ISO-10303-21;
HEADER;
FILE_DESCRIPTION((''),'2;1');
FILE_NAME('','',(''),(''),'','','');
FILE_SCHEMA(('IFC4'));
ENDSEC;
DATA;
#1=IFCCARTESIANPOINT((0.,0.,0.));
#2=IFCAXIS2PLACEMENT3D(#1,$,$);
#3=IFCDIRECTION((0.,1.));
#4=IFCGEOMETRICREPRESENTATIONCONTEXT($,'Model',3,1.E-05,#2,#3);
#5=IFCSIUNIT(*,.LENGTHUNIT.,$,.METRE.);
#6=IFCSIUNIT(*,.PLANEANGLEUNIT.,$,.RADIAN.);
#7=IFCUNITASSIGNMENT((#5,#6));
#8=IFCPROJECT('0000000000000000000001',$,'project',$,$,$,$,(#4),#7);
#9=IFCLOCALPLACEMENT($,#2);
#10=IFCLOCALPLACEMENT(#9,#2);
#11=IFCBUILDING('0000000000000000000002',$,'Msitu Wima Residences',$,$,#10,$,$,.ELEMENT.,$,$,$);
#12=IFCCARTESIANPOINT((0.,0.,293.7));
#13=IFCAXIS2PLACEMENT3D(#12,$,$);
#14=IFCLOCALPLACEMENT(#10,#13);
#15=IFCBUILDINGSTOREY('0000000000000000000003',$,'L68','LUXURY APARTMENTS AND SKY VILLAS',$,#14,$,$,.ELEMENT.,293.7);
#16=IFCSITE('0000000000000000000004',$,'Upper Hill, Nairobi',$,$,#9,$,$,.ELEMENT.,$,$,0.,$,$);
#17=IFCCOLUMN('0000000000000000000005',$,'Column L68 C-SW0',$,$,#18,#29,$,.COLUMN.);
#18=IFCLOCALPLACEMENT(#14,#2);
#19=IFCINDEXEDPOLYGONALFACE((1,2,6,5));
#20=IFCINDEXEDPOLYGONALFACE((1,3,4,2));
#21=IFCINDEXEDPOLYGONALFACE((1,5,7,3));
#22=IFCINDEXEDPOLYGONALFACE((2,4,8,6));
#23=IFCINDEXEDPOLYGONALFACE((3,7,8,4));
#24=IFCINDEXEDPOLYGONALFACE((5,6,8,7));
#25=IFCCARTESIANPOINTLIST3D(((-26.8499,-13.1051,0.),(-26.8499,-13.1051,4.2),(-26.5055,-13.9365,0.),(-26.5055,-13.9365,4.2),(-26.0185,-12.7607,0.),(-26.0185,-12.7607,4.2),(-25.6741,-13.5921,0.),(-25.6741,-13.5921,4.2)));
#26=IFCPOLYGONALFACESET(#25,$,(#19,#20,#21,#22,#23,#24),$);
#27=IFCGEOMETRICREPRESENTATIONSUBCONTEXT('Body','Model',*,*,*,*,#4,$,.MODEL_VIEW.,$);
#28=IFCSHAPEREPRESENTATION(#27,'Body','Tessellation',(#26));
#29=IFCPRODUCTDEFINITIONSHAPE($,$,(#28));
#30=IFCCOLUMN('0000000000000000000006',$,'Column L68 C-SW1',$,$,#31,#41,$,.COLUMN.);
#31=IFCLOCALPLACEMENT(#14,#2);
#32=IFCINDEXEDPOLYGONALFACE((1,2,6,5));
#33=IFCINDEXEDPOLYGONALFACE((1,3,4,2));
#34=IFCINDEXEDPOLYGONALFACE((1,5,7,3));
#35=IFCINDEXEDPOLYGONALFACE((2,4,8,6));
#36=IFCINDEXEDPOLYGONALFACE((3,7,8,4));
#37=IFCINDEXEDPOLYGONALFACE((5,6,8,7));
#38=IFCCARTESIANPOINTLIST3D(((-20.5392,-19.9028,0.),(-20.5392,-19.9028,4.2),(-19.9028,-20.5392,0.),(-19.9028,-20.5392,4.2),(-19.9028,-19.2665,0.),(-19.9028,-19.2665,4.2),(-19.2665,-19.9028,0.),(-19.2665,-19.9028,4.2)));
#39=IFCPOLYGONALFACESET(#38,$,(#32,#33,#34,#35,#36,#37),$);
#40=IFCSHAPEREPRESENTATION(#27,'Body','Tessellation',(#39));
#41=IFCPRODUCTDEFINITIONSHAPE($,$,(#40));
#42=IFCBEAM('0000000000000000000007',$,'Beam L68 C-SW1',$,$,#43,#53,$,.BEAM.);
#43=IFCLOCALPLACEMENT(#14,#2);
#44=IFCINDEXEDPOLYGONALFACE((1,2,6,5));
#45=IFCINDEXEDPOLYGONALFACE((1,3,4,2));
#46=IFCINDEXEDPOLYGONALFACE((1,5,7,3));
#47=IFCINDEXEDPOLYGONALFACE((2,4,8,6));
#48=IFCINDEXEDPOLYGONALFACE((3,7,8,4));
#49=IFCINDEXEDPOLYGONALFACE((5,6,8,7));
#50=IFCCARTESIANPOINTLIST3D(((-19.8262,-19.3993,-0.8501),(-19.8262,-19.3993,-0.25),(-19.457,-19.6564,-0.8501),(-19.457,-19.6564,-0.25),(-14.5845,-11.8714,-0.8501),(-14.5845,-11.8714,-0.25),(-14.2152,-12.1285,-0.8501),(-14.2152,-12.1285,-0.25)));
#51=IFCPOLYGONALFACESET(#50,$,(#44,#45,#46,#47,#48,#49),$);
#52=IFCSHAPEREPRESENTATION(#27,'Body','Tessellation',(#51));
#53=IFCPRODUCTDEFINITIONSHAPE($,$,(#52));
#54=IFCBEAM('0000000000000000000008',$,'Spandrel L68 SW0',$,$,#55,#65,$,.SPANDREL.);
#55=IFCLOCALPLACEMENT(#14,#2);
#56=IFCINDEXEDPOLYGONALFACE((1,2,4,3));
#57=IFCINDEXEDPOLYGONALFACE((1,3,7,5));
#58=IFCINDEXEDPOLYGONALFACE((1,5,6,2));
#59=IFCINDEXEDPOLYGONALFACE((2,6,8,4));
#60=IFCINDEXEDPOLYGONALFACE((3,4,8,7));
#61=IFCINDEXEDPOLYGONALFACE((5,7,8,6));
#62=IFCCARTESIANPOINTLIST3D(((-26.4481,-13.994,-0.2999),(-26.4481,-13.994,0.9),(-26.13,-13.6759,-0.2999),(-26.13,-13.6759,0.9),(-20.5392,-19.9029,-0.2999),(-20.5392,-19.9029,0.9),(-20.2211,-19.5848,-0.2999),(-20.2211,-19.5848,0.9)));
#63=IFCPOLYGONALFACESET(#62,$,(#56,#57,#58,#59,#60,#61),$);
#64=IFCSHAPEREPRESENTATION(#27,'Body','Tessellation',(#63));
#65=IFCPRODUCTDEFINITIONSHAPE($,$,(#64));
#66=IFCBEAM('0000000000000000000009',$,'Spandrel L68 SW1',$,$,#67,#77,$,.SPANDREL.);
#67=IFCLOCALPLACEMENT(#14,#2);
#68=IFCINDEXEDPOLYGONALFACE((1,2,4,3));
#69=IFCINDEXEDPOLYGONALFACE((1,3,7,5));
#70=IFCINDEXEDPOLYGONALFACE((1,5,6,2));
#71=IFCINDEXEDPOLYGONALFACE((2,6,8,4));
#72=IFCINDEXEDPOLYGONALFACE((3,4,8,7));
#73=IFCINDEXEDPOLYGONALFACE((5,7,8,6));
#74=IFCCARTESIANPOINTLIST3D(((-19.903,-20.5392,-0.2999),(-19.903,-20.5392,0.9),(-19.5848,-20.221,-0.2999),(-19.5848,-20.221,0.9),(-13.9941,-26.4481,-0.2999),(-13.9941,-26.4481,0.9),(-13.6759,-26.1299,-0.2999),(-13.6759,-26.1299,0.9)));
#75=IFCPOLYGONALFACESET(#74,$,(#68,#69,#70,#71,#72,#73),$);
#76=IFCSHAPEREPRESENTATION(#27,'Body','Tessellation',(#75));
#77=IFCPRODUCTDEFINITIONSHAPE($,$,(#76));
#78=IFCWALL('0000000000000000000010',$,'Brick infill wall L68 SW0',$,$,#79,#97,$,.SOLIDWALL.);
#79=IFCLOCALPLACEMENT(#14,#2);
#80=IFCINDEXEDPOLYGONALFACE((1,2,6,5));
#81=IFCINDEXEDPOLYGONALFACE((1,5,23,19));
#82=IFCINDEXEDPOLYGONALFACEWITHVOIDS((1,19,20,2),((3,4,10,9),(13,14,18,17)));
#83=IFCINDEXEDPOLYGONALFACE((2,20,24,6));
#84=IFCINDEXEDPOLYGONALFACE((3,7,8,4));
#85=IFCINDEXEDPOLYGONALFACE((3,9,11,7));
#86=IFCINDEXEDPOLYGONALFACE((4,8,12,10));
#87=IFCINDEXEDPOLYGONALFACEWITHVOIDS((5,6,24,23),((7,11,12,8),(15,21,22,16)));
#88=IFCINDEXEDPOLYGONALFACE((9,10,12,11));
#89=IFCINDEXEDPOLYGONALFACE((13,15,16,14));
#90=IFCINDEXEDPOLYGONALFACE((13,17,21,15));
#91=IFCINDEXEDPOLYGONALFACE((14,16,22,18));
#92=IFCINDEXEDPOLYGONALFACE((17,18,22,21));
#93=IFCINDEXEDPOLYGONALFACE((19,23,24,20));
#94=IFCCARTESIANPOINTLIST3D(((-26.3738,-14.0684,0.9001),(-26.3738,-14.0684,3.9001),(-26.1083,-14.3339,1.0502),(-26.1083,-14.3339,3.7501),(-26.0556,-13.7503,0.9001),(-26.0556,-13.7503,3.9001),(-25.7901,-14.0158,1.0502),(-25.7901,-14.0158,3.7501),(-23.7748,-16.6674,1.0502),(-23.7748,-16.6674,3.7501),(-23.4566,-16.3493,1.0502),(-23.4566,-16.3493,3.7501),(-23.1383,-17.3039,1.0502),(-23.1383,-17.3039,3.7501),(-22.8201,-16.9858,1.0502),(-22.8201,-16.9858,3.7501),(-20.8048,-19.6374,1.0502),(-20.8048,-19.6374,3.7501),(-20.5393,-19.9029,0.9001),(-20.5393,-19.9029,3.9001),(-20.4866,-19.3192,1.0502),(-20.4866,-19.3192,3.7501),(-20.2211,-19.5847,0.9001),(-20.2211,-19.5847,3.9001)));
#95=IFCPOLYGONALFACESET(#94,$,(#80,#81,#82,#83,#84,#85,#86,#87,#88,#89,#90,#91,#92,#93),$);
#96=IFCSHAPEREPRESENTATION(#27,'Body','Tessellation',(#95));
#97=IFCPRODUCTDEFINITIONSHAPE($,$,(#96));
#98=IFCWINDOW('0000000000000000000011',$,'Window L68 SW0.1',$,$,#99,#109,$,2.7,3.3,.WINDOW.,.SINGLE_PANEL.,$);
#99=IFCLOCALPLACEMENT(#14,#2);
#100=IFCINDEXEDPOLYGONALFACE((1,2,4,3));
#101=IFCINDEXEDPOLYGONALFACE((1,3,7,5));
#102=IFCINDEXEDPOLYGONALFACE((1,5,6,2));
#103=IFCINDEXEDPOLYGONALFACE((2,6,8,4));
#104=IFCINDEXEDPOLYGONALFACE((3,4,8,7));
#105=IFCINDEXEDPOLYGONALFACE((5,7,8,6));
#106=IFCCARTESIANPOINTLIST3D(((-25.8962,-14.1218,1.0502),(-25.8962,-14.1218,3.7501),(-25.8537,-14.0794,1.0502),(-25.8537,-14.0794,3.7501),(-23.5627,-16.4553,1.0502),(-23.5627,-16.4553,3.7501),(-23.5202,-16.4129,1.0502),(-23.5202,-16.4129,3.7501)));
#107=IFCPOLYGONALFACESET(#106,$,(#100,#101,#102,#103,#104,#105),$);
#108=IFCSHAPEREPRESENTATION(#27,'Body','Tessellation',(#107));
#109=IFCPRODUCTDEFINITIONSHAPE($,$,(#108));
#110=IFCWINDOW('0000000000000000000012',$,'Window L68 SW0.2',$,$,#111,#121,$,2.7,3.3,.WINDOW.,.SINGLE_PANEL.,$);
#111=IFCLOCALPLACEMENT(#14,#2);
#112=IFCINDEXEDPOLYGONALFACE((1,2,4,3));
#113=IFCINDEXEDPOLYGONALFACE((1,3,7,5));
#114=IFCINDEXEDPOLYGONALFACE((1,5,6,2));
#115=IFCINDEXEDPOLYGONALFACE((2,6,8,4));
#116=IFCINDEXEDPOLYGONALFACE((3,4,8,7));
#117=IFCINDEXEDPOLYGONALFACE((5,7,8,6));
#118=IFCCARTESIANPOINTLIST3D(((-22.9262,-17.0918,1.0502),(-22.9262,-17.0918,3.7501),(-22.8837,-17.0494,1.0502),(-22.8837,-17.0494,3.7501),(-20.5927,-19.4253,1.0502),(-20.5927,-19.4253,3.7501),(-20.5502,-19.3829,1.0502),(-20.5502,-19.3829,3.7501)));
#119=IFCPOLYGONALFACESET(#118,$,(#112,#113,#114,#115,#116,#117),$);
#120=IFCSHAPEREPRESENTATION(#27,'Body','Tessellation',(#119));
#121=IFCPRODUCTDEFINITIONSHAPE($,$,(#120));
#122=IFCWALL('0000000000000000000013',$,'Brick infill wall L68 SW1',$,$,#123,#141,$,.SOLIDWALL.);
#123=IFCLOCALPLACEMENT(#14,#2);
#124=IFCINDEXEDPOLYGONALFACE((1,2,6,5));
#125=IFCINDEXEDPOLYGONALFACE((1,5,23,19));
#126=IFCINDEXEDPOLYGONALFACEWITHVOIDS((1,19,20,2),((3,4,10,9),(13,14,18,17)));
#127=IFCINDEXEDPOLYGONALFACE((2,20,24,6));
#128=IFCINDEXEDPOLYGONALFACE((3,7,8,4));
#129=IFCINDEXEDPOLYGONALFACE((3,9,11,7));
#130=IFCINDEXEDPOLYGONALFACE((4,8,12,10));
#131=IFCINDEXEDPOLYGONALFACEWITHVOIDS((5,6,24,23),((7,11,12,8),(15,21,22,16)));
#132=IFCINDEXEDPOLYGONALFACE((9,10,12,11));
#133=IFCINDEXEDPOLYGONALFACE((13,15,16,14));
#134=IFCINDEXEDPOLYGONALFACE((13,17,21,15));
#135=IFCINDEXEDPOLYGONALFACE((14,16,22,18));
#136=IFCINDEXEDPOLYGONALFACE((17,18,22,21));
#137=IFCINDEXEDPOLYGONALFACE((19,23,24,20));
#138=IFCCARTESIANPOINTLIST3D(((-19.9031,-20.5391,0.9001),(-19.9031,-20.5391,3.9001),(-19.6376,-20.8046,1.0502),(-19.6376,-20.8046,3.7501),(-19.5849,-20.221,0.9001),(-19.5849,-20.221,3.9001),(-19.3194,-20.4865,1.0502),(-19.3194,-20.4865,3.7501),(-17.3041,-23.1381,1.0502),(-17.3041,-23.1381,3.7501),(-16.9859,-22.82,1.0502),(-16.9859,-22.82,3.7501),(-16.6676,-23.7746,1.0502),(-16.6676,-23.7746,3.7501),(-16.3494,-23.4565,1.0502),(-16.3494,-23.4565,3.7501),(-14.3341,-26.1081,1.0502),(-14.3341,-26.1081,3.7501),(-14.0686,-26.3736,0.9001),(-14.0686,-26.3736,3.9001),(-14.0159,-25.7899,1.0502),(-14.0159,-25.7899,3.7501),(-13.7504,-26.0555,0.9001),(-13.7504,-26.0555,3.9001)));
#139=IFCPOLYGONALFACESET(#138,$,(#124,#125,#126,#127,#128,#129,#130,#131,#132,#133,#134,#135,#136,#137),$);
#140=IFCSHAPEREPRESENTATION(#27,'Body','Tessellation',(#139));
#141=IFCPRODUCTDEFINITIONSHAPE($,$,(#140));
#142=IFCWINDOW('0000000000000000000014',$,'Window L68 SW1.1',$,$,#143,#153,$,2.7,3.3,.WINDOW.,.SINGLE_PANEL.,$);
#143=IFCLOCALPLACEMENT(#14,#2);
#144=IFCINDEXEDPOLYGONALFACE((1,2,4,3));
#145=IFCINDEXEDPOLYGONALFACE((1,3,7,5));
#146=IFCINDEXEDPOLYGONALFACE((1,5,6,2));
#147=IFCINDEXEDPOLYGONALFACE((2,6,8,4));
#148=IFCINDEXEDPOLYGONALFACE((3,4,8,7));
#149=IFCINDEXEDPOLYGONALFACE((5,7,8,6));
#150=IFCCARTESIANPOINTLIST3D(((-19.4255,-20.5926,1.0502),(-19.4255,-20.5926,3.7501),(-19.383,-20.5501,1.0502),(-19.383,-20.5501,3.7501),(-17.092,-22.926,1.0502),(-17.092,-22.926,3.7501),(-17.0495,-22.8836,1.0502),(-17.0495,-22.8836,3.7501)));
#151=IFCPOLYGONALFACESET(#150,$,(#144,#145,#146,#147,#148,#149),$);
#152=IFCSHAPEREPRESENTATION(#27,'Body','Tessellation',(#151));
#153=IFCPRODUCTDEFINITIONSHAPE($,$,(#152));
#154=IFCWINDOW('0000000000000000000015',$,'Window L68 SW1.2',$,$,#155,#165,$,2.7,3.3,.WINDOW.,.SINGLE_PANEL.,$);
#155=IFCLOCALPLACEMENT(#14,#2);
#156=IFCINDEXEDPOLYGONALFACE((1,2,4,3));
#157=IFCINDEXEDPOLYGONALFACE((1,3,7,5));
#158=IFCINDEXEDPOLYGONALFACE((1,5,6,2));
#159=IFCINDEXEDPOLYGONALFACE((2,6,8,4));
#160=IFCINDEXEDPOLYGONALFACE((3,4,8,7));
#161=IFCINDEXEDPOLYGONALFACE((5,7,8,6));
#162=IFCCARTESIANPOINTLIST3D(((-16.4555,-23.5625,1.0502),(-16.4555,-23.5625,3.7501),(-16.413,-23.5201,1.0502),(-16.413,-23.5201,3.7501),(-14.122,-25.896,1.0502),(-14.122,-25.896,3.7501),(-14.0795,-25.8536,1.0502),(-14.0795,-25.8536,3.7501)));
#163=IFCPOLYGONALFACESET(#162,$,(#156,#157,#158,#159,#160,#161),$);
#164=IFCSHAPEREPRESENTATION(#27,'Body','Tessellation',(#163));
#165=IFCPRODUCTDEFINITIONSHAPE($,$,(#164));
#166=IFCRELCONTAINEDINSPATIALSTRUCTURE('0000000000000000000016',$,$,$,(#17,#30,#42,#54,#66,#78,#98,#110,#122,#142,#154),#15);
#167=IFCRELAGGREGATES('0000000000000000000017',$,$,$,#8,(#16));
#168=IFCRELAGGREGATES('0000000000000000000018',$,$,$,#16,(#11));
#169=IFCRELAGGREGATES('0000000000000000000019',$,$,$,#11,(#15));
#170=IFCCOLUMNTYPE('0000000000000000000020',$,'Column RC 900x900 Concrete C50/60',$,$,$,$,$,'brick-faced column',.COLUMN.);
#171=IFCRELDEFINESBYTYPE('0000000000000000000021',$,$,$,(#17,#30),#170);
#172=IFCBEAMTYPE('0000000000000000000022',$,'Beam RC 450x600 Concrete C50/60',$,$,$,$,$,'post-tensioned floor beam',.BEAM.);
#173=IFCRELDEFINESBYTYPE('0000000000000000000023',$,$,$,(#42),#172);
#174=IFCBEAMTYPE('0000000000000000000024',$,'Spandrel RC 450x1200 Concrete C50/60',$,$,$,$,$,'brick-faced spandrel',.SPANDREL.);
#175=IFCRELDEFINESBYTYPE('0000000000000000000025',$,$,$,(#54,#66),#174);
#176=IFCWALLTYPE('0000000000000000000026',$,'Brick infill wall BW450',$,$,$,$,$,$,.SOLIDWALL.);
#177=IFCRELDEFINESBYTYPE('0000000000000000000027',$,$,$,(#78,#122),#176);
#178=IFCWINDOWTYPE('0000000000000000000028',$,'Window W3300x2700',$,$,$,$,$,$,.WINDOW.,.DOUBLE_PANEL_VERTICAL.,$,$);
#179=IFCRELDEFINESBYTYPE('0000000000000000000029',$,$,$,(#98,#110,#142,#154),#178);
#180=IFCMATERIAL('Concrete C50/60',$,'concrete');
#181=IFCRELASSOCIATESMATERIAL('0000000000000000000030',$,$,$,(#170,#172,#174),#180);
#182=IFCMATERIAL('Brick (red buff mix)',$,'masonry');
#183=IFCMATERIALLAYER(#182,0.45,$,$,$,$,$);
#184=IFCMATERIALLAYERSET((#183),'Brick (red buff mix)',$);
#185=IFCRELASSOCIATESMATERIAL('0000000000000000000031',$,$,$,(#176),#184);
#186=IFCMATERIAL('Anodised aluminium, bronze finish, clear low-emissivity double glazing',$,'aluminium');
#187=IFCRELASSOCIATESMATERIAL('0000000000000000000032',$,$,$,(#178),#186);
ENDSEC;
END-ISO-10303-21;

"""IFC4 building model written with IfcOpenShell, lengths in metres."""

from ifc_helpers import new_model, si_unit, direction, frame, frame_2d, origin, origin_2d, place, context, subcontext, project, spatial, rectangle, extrude, material, layer, layer_set, material_profile, profile_set, type_object, element, fill, save


model = new_model("IFC4")

# Units and contexts
model_context = context("Model", 3, precision=1e-05, world=origin(), true_north=direction((0.0, 1.0)))
body_context = subcontext(model_context, "Body", "Model", "MODEL_VIEW")
ifc_project = project(units=[si_unit("LENGTHUNIT", "METRE"), si_unit("PLANEANGLEUNIT", "RADIAN")], contexts=[model_context])

# Site, building, storey
site_placement = place(None, origin())
site = spatial("IfcSite", under=ifc_project, at=site_placement, Name="Upper Hill, Nairobi", CompositionType="ELEMENT", RefElevation=0.0)
building_placement = place(site_placement, origin())
building = spatial("IfcBuilding", under=site, at=building_placement, Name="Msitu Wima Residences", CompositionType="ELEMENT")
storey_placement = place(building_placement, frame((0.0, 0.0, 293.7)))
storey = spatial("IfcBuildingStorey", under=building, at=storey_placement, Name="L68", Description="LUXURY APARTMENTS AND SKY VILLAS", CompositionType="ELEMENT", Elevation=293.7)

# Columns
ifc_material_1 = material(Name="Concrete C50/60", Category="concrete")
ifc_material_profile_1 = material_profile(ifc_material_1, rectangle(XDim=0.8999, YDim=0.8999, at=origin_2d()), Name="RC 900x900")
ifc_profile_set_1 = profile_set([ifc_material_profile_1], Name="Concrete C50/60")
column_type = type_object("IfcColumnType", Name="Column RC 900x900 Concrete C50/60", ElementType="brick-faced column", PredefinedType="COLUMN", material=ifc_profile_set_1)
for number, where, z_axis, x_axis, name in (
    (1, (-26.262, -13.3486, 0.0), (0.0, 0.0, 1.0), (0.382683, -0.92388, 0.0), "Column L68 C-SW0"),
    (2, (-19.9028, -19.9028, 0.0), (0.0, 0.0, 1.0), (0.707107, -0.707107, 0.0), "Column L68 C-SW1"),
):
    element("IfcColumn", number, at=place(storey_placement, frame(where, z_axis=z_axis, x_axis=x_axis)), inside=storey, type_object=column_type, Name=name, PredefinedType="COLUMN", context=body_context, shape_type="SweptSolid", body=[
        extrude(rectangle(XDim=0.8999, YDim=0.8999, at=origin_2d()), origin(), (0.0, 0.0, 1.0), 4.2),
    ])

# Beams
ifc_material_profile_2 = material_profile(ifc_material_1, rectangle(XDim=0.45, YDim=0.6001, at=origin_2d()), Name="RC 450x600")
ifc_profile_set_2 = profile_set([ifc_material_profile_2], Name="Concrete C50/60")
beam_type_1 = type_object("IfcBeamType", Name="Beam RC 450x600 Concrete C50/60", ElementType="post-tensioned floor beam", PredefinedType="BEAM", material=ifc_profile_set_2)
beam_placement = place(storey_placement, frame((-19.6416, -19.5278, -0.55), z_axis=(0.571428, 0.820652, 0.0), x_axis=(-0.820652, 0.571428, 0.0)))
element("IfcBeam", 3, at=beam_placement, inside=storey, type_object=beam_type_1, Name="Beam L68 C-SW1", PredefinedType="BEAM", context=body_context, shape_type="SweptSolid", body=[
    extrude(rectangle(XDim=0.45, YDim=0.6001, at=origin_2d()), origin(), (0.0, 0.0, 1.0), 9.1731),
])
ifc_material_profile_3 = material_profile(ifc_material_1, rectangle(XDim=0.45, YDim=1.2, at=origin_2d()), Name="RC 450x1200")
ifc_profile_set_3 = profile_set([ifc_material_profile_3], Name="Concrete C50/60")
beam_type_2 = type_object("IfcBeamType", Name="Spandrel RC 450x1200 Concrete C50/60", ElementType="brick-faced spandrel", PredefinedType="SPANDREL", material=ifc_profile_set_3)
for number, where, z_axis, x_axis, name in (
    (4, (-26.2891, -13.835, 0.3), (0.707107, -0.707107, 0.0), (0.707107, 0.707107, 0.0), "Spandrel L68 SW0"),
    (5, (-19.7439, -20.3801, 0.3), (0.707107, -0.707107, 0.0), (0.707107, 0.707107, 0.0), "Spandrel L68 SW1"),
):
    element("IfcBeam", number, at=place(storey_placement, frame(where, z_axis=z_axis, x_axis=x_axis)), inside=storey, type_object=beam_type_2, Name=name, PredefinedType="SPANDREL", context=body_context, shape_type="SweptSolid", body=[
        extrude(rectangle(XDim=0.45, YDim=1.2, at=origin_2d()), origin(), (0.0, 0.0, 1.0), 8.3564),
    ])

# Walls, openings, windows
ifc_material_2 = material(Name="Brick (red buff mix)", Category="masonry")
ifc_layer_1 = layer(ifc_material_2, 0.45)
ifc_layer_set_1 = layer_set([ifc_layer_1], Name="Brick (red buff mix)")
wall_type_1 = type_object("IfcWallType", Name="Brick infill wall BW450", PredefinedType="SOLIDWALL", material=ifc_layer_set_1)
wall_1_placement = place(storey_placement, frame((-26.2146, -13.9094, 0.9001), z_axis=(0.0, 0.0, 1.0), x_axis=(0.707107, -0.707107, 0.0)))
wall_1 = element("IfcWall", 6, at=wall_1_placement, inside=storey, type_object=wall_type_1, Name="Brick infill wall L68 SW0", PredefinedType="SOLIDWALL", context=body_context, shape_type="SweptSolid", body=[
    extrude(rectangle(XDim=8.2512, YDim=0.45, at=frame_2d((4.1255, 0.0))), origin(), (0.0, 0.0, 1.0), 3.0),
])
opening_1_placement = place(wall_1_placement, frame((0.3755, 0.0, 0.1499)))
opening_1 = element("IfcOpeningElement", 7, at=opening_1_placement, cuts=wall_1, PredefinedType="OPENING", context=body_context, shape_type="SweptSolid", body=[
    extrude(rectangle(XDim=3.3, YDim=2.7, at=frame_2d((1.6499, 1.3501))), frame((0.0, 0.2349, 0.0), z_axis=(0.0, -1.0, 0.0), x_axis=(1.0, 0.0, 0.0)), (0.0, 0.0, 1.0), 0.47),
])
opening_2_placement = place(wall_1_placement, frame((4.5757, 0.0, 0.1499)))
opening_2 = element("IfcOpeningElement", 8, at=opening_2_placement, cuts=wall_1, PredefinedType="OPENING", context=body_context, shape_type="SweptSolid", body=[
    extrude(rectangle(XDim=3.3, YDim=2.7, at=frame_2d((1.6499, 1.3501))), frame((0.0, 0.2349, 0.0), z_axis=(0.0, -1.0, 0.0), x_axis=(1.0, 0.0, 0.0)), (0.0, 0.0, 1.0), 0.47),
])
ifc_material_3 = material(Name="Anodised aluminium, bronze finish, clear low-emissivity double glazing", Category="aluminium")
window_type = type_object("IfcWindowType", Name="Window W3300x2700", PartitioningType="DOUBLE_PANEL_VERTICAL", PredefinedType="WINDOW", material=ifc_material_3)
window_1_placement = place(opening_1_placement, origin())
window_1 = element("IfcWindow", 9, at=window_1_placement, inside=storey, type_object=window_type, Name="Window L68 SW0.1", OverallHeight=2.7, OverallWidth=3.3, PartitioningType="SINGLE_PANEL", PredefinedType="WINDOW", context=body_context, shape_type="SweptSolid", body=[
    extrude(rectangle(XDim=3.3, YDim=2.7, at=frame_2d((1.6499, 1.3501))), frame((0.0, 0.135, 0.0), z_axis=(0.0, -1.0, 0.0), x_axis=(1.0, 0.0, 0.0)), (0.0, 0.0, 1.0), 0.0601),
])
fill(opening_1, window_1)
window_2_placement = place(opening_2_placement, origin())
window_2 = element("IfcWindow", 10, at=window_2_placement, inside=storey, type_object=window_type, Name="Window L68 SW0.2", OverallHeight=2.7, OverallWidth=3.3, PartitioningType="SINGLE_PANEL", PredefinedType="WINDOW", context=body_context, shape_type="SweptSolid", body=[
    extrude(rectangle(XDim=3.3, YDim=2.7, at=frame_2d((1.6499, 1.3501))), frame((0.0, 0.135, 0.0), z_axis=(0.0, -1.0, 0.0), x_axis=(1.0, 0.0, 0.0)), (0.0, 0.0, 1.0), 0.0601),
])
fill(opening_2, window_2)
wall_2_placement = place(storey_placement, frame((-19.7439, -20.3801, 0.9001), z_axis=(0.0, 0.0, 1.0), x_axis=(0.707107, -0.707107, 0.0)))
wall_2 = element("IfcWall", 11, at=wall_2_placement, inside=storey, type_object=wall_type_1, Name="Brick infill wall L68 SW1", PredefinedType="SOLIDWALL", context=body_context, shape_type="SweptSolid", body=[
    extrude(rectangle(XDim=8.2512, YDim=0.45, at=frame_2d((4.1255, 0.0))), origin(), (0.0, 0.0, 1.0), 3.0),
])
opening_3_placement = place(wall_2_placement, frame((0.3755, 0.0, 0.1499)))
opening_3 = element("IfcOpeningElement", 12, at=opening_3_placement, cuts=wall_2, PredefinedType="OPENING", context=body_context, shape_type="SweptSolid", body=[
    extrude(rectangle(XDim=3.3, YDim=2.7, at=frame_2d((1.6499, 1.3501))), frame((0.0, 0.2349, 0.0), z_axis=(0.0, -1.0, 0.0), x_axis=(1.0, 0.0, 0.0)), (0.0, 0.0, 1.0), 0.47),
])
opening_4_placement = place(wall_2_placement, frame((4.5757, 0.0, 0.1499)))
opening_4 = element("IfcOpeningElement", 13, at=opening_4_placement, cuts=wall_2, PredefinedType="OPENING", context=body_context, shape_type="SweptSolid", body=[
    extrude(rectangle(XDim=3.3, YDim=2.7, at=frame_2d((1.6499, 1.3501))), frame((0.0, 0.2349, 0.0), z_axis=(0.0, -1.0, 0.0), x_axis=(1.0, 0.0, 0.0)), (0.0, 0.0, 1.0), 0.47),
])
window_3_placement = place(opening_3_placement, origin())
window_3 = element("IfcWindow", 14, at=window_3_placement, inside=storey, type_object=window_type, Name="Window L68 SW1.1", OverallHeight=2.7, OverallWidth=3.3, PartitioningType="SINGLE_PANEL", PredefinedType="WINDOW", context=body_context, shape_type="SweptSolid", body=[
    extrude(rectangle(XDim=3.3, YDim=2.7, at=frame_2d((1.6499, 1.3501))), frame((0.0, 0.135, 0.0), z_axis=(0.0, -1.0, 0.0), x_axis=(1.0, 0.0, 0.0)), (0.0, 0.0, 1.0), 0.0601),
])
fill(opening_3, window_3)
window_4_placement = place(opening_4_placement, origin())
window_4 = element("IfcWindow", 15, at=window_4_placement, inside=storey, type_object=window_type, Name="Window L68 SW1.2", OverallHeight=2.7, OverallWidth=3.3, PartitioningType="SINGLE_PANEL", PredefinedType="WINDOW", context=body_context, shape_type="SweptSolid", body=[
    extrude(rectangle(XDim=3.3, YDim=2.7, at=frame_2d((1.6499, 1.3501))), frame((0.0, 0.135, 0.0), z_axis=(0.0, -1.0, 0.0), x_axis=(1.0, 0.0, 0.0)), (0.0, 0.0, 1.0), 0.0601),
])
fill(opening_4, window_4)

save(model, "model.ifc")
